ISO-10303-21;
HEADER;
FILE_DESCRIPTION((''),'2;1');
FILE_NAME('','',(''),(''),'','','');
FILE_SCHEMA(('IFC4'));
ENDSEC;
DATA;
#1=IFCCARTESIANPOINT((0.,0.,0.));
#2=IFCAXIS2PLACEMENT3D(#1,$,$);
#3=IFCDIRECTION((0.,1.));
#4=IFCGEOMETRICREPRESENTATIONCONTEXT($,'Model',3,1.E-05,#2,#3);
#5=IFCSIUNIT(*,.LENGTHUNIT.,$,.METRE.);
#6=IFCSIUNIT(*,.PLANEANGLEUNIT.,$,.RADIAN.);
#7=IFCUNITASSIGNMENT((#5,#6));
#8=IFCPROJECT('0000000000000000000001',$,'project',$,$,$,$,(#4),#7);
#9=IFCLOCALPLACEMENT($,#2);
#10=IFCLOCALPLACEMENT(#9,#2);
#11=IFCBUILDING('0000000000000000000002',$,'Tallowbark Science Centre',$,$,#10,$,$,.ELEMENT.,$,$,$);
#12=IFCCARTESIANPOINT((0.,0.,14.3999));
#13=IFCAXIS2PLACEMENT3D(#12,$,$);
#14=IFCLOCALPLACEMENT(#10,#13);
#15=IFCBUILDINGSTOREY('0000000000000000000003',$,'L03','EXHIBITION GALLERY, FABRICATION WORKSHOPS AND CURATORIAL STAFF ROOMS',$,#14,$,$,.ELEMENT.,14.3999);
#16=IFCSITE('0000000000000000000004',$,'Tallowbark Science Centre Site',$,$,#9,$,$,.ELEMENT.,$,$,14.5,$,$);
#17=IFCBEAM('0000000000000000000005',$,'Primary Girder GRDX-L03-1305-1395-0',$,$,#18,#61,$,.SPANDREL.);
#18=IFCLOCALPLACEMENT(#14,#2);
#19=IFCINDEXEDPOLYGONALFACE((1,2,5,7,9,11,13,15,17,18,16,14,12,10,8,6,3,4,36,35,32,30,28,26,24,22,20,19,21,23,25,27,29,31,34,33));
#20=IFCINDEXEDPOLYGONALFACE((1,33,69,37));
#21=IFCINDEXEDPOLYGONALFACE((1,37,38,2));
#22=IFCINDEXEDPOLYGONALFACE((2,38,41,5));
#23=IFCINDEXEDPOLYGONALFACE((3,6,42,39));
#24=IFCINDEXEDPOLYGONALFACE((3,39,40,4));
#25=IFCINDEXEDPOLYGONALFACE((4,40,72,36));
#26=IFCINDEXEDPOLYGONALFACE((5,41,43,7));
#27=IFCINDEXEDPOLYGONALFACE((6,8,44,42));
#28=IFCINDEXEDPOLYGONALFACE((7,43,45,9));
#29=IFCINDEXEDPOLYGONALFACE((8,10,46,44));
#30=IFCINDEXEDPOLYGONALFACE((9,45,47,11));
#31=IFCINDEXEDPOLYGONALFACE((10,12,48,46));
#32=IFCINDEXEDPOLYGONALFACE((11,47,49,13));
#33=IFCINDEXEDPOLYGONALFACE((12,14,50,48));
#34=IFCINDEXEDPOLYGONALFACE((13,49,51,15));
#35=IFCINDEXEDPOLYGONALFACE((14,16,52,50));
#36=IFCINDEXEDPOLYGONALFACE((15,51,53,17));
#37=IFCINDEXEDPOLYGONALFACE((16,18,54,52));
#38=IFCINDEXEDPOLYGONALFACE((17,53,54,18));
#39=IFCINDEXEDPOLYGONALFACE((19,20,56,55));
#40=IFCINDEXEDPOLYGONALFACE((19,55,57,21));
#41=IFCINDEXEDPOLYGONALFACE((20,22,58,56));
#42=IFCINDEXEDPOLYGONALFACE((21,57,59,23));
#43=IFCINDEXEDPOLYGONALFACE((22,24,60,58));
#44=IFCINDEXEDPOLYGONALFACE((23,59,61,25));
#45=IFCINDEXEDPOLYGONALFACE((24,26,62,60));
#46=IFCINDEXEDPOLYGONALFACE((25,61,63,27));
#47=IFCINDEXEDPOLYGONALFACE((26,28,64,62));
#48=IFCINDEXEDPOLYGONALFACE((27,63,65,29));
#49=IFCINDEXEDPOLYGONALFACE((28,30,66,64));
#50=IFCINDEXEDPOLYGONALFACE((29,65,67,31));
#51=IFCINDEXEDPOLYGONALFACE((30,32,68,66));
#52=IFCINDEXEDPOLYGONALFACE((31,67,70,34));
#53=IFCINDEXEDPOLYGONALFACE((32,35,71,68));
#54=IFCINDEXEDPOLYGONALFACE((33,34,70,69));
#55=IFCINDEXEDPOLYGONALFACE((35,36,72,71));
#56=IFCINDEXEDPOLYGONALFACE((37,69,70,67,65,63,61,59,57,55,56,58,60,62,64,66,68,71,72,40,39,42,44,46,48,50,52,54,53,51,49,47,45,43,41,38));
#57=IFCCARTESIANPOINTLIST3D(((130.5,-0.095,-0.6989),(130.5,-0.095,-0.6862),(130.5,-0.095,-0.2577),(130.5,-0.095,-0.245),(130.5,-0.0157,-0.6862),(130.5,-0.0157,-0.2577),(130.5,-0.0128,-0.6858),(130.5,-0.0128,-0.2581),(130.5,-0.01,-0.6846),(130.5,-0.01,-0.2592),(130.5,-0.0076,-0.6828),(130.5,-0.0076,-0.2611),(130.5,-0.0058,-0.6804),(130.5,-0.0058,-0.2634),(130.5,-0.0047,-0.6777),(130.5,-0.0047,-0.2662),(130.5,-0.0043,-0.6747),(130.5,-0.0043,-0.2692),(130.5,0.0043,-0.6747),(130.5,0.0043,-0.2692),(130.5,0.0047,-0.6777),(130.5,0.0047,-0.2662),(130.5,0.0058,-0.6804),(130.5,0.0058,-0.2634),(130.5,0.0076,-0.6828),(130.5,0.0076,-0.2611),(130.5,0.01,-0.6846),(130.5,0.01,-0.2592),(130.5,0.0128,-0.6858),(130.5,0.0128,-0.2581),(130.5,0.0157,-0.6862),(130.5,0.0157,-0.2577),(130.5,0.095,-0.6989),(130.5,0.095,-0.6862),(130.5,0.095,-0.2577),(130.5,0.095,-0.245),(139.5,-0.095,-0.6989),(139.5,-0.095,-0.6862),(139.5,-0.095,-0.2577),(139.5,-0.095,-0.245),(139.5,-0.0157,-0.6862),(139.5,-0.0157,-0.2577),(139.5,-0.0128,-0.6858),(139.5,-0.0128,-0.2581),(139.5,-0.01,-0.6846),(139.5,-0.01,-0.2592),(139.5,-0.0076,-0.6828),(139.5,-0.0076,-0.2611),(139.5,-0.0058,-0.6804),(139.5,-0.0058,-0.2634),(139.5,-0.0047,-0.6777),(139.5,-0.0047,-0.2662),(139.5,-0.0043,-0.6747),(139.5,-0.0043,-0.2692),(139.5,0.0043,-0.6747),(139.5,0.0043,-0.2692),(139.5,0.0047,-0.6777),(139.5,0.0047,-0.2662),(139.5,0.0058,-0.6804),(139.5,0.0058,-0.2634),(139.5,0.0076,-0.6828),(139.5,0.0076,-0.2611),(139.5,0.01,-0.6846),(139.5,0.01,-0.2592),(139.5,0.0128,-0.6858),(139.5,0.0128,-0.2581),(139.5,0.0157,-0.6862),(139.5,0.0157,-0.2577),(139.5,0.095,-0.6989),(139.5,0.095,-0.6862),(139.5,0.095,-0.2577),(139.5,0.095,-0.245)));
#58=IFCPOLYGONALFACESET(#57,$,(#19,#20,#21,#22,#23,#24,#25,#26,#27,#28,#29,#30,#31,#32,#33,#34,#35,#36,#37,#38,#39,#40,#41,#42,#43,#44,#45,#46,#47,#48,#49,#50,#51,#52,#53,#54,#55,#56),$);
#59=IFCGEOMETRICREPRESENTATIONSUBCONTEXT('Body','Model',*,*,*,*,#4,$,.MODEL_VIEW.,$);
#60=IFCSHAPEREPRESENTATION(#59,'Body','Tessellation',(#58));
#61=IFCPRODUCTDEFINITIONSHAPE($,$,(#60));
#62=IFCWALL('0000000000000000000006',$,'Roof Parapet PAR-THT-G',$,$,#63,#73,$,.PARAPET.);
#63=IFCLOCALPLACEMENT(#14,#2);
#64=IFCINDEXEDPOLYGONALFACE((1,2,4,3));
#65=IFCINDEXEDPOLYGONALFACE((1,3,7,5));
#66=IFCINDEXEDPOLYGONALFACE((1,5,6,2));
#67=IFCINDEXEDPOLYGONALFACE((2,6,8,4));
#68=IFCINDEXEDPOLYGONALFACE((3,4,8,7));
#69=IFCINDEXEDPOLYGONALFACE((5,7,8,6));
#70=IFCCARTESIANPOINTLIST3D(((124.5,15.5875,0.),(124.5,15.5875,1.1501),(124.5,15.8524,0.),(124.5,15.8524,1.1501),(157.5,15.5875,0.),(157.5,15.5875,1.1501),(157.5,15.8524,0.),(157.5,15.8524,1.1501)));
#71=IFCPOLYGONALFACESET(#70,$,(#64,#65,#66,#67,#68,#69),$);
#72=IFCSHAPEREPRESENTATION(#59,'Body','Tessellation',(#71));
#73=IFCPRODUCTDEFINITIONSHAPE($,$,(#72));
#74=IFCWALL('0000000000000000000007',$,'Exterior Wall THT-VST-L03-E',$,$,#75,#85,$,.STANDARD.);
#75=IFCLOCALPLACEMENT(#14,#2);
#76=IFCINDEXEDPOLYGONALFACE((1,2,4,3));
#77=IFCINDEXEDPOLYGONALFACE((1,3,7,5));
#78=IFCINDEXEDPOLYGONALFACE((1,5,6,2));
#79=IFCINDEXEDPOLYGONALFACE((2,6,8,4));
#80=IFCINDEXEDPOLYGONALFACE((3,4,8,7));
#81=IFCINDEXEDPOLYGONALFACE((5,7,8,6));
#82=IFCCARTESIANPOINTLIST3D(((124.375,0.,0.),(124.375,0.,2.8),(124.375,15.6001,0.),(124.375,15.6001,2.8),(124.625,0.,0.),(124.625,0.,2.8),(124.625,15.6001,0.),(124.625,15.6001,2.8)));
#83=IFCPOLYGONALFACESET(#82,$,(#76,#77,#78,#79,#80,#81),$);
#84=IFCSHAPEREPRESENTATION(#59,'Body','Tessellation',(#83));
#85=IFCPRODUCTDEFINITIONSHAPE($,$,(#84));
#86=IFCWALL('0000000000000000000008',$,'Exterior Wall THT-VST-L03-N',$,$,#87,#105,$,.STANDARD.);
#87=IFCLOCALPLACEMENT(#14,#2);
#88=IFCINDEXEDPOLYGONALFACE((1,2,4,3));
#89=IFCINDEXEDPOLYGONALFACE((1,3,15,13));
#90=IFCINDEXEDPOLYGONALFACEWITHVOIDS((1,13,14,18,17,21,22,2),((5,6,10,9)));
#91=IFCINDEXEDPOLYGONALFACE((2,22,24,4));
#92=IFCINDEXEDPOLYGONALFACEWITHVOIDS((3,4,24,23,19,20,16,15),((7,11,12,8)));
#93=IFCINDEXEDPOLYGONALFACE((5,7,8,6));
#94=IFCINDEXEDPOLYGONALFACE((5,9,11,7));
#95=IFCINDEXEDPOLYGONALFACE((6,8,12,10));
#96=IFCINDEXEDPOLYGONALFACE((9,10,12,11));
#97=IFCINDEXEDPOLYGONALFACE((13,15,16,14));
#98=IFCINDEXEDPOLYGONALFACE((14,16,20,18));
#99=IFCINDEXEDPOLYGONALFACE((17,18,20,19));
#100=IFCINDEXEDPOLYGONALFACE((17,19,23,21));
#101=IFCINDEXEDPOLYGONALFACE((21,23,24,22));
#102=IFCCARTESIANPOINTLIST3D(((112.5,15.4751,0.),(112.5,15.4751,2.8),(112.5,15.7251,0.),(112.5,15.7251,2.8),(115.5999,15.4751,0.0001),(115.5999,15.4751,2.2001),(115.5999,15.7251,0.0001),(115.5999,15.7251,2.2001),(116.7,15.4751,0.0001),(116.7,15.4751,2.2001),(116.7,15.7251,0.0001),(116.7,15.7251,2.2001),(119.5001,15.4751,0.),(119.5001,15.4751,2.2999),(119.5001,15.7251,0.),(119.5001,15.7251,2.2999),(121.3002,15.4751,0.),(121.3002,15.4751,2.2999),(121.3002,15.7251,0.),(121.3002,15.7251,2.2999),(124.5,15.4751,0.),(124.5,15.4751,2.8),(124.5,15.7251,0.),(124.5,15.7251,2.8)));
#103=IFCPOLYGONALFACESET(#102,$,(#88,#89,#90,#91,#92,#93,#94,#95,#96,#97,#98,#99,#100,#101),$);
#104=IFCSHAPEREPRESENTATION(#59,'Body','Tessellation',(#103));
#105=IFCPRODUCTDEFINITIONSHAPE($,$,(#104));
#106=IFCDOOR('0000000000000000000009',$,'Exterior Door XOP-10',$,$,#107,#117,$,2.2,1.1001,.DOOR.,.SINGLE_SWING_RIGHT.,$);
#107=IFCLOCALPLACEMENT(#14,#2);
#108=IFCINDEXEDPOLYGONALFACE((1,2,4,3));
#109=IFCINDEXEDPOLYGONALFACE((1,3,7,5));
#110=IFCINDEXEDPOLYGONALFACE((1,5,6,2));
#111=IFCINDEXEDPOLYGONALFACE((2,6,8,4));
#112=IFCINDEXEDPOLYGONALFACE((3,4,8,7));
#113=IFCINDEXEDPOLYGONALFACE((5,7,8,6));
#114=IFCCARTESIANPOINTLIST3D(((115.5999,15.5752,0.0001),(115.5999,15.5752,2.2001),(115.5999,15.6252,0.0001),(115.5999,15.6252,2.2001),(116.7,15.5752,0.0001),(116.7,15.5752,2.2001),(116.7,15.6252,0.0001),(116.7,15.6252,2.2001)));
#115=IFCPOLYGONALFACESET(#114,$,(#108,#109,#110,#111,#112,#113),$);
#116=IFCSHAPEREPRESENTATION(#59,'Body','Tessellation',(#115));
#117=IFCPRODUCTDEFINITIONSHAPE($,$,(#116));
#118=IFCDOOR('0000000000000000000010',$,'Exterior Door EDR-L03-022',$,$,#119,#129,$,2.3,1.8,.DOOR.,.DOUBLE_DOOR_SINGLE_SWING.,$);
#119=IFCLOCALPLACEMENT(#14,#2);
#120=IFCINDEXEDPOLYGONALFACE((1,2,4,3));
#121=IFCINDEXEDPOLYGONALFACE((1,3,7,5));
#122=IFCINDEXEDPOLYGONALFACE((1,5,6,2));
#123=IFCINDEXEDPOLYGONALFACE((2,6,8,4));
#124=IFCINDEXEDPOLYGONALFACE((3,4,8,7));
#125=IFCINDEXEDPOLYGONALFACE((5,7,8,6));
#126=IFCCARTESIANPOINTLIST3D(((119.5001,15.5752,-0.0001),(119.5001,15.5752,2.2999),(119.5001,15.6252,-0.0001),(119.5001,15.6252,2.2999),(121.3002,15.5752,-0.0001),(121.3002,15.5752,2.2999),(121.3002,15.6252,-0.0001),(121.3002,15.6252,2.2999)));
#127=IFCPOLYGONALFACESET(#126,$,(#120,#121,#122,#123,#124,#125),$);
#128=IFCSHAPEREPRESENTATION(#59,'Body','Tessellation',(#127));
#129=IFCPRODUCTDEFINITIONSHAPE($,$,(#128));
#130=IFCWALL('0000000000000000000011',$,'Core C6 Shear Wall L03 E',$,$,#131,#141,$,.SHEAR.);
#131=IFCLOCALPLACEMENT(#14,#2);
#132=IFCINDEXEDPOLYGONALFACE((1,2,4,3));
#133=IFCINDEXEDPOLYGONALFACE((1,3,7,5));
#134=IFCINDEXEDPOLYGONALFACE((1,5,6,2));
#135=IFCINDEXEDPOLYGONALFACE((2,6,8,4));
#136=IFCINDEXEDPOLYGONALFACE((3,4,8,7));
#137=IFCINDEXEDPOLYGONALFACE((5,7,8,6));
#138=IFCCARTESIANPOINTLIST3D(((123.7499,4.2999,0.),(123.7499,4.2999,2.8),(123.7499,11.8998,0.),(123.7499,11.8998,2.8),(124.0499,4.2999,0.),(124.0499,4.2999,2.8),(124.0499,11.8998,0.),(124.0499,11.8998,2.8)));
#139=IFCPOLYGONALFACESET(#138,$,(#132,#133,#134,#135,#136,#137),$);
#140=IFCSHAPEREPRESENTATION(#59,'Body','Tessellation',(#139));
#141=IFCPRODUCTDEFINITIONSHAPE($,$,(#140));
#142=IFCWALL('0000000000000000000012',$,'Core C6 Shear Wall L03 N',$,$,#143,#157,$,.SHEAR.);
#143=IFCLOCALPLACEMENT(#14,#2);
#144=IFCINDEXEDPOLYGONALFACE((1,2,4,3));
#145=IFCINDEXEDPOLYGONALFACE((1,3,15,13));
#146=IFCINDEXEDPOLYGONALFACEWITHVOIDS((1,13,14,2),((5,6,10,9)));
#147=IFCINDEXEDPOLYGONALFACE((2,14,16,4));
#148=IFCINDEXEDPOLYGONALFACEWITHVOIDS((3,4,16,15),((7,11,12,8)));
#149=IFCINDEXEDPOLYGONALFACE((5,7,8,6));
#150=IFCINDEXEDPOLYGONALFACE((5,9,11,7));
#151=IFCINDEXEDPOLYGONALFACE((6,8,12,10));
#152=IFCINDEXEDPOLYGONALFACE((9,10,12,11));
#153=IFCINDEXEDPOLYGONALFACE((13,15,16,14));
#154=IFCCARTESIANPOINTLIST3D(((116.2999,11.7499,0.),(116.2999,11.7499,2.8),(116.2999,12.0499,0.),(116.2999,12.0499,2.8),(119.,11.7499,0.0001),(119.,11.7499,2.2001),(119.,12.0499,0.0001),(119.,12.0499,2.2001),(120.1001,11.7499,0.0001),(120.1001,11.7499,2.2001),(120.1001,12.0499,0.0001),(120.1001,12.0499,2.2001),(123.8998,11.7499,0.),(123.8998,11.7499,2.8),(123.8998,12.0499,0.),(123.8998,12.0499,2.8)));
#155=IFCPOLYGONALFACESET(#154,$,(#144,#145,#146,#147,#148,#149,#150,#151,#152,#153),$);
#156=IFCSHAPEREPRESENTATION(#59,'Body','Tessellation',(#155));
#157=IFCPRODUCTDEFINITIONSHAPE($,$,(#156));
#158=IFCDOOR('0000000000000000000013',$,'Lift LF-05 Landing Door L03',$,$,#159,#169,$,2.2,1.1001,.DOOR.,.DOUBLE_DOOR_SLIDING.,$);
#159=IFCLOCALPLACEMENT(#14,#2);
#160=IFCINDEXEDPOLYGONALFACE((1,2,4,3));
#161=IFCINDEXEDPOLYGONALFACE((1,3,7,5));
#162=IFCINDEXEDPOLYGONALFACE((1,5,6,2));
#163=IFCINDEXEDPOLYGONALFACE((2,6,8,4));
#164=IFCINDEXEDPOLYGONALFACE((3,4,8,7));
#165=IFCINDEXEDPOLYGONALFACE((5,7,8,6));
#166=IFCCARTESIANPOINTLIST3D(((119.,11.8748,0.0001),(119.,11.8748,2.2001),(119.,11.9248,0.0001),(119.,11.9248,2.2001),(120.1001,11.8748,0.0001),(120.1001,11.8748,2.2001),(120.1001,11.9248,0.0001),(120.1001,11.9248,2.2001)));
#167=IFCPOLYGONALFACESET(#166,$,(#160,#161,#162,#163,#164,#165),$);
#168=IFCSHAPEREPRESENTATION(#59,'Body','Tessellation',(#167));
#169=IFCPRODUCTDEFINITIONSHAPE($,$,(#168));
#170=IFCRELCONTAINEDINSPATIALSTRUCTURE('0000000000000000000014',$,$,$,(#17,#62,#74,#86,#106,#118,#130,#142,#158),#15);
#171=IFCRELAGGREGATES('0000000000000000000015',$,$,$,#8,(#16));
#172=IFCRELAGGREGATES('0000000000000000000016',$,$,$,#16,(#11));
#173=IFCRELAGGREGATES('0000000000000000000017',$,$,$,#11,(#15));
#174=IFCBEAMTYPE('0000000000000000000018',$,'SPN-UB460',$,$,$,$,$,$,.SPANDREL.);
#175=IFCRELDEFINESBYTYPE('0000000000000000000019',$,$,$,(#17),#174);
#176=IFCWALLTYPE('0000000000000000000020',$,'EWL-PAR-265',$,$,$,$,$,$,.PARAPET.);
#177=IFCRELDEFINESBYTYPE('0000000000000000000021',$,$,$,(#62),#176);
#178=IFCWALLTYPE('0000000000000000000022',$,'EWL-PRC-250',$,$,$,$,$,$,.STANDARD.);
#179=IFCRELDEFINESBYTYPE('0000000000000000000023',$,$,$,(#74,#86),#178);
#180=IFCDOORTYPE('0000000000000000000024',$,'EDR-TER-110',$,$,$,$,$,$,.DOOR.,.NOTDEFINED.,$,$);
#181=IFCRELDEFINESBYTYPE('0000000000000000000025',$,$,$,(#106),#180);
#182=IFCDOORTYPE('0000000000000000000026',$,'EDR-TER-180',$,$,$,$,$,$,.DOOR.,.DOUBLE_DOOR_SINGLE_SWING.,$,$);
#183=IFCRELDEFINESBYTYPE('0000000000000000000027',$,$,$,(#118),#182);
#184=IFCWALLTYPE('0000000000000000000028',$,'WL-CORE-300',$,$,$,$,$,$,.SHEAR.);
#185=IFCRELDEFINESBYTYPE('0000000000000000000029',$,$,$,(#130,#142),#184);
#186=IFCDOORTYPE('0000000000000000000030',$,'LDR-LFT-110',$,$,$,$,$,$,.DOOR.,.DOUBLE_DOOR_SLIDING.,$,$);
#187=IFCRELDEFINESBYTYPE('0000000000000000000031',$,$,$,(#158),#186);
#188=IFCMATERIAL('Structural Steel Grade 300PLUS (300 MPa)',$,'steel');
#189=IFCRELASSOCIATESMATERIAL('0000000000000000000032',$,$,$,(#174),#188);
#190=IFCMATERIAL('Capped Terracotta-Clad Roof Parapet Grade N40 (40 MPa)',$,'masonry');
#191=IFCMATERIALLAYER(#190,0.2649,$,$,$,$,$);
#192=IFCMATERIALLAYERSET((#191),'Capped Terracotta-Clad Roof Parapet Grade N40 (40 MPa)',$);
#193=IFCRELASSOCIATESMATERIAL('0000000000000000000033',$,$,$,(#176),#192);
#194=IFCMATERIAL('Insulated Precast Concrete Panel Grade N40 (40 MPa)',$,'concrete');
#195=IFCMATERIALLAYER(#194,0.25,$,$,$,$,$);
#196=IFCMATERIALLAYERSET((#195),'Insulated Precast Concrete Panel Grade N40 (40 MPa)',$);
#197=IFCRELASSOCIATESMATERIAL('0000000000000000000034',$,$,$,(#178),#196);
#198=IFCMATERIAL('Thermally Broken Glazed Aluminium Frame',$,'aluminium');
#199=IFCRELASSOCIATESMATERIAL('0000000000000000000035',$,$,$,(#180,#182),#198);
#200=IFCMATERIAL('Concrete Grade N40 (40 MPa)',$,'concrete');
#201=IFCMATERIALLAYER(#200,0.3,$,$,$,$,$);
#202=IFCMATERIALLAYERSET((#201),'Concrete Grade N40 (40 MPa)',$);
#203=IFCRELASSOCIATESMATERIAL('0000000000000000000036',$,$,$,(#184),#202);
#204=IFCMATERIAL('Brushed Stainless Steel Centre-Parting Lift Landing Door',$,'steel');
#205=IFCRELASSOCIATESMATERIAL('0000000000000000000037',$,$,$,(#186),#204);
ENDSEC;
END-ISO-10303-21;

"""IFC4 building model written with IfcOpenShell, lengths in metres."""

from ifc_helpers import new_model, si_unit, direction, frame, frame_2d, origin, origin_2d, place, context, subcontext, project, spatial, rectangle, i_section, extrude, material, layer, layer_set, material_profile, profile_set, type_object, element, fill, save


model = new_model("IFC4")

# Units and contexts
model_context = context("Model", 3, precision=1e-05, world=origin(), true_north=direction((0.0, 1.0)))
body_context = subcontext(model_context, "Body", "Model", "MODEL_VIEW")
ifc_project = project(units=[si_unit("LENGTHUNIT", "METRE"), si_unit("PLANEANGLEUNIT", "RADIAN")], contexts=[model_context])

# Site, building, storey
site_placement = place(None, origin())
site = spatial("IfcSite", under=ifc_project, at=site_placement, Name="Tallowbark Science Centre Site", CompositionType="ELEMENT", RefElevation=14.5)
building_placement = place(site_placement, origin())
building = spatial("IfcBuilding", under=site, at=building_placement, Name="Tallowbark Science Centre", CompositionType="ELEMENT")
storey_placement = place(building_placement, frame((0.0, 0.0, 14.3999)))
storey = spatial("IfcBuildingStorey", under=building, at=storey_placement, Name="L03", Description="EXHIBITION GALLERY, FABRICATION WORKSHOPS AND CURATORIAL STAFF ROOMS", CompositionType="ELEMENT", Elevation=14.3999)

# Shared definitions
ifc_material_1 = material(Name="Structural Steel Grade 300PLUS (300 MPa)", Category="steel")

# Beam
ifc_material_profile_1 = material_profile(ifc_material_1, i_section(OverallWidth=0.1899, OverallDepth=0.4539, WebThickness=0.0085, FlangeThickness=0.0127, FilletRadius=0.0115, at=origin_2d()), Name="460UB67.1")
ifc_profile_set_1 = profile_set([ifc_material_profile_1], Name="Structural Steel Grade 300PLUS (300 MPa)")
beam_type_1 = type_object("IfcBeamType", Name="SPN-UB460", PredefinedType="SPANDREL", material=ifc_profile_set_1)
for number, where, z_axis, x_axis, name in (
    (1, (130.5, 0.0, -0.4719), (1.0, 0.0, 0.0), (0.0, 1.0, 0.0), "Primary Girder GRDX-L03-1305-1395-0"),
):
    element("IfcBeam", number, at=place(storey_placement, frame(where, z_axis=z_axis, x_axis=x_axis)), inside=storey, type_object=beam_type_1, Name=name, PredefinedType="SPANDREL", context=body_context, shape_type="SweptSolid", body=[
        extrude(i_section(OverallWidth=0.1899, OverallDepth=0.4539, WebThickness=0.0085, FlangeThickness=0.0127, FilletRadius=0.0115, at=origin_2d()), origin(), (0.0, 0.0, 1.0), 9.0),
    ])

# Walls
ifc_material_2 = material(Name="Capped Terracotta-Clad Roof Parapet Grade N40 (40 MPa)", Category="masonry")
ifc_layer_1 = layer(ifc_material_2, 0.2649)
ifc_layer_set_1 = layer_set([ifc_layer_1], Name="Capped Terracotta-Clad Roof Parapet Grade N40 (40 MPa)")
wall_type_1 = type_object("IfcWallType", Name="EWL-PAR-265", PredefinedType="PARAPET", material=ifc_layer_set_1)
wall_1_placement = place(storey_placement, frame((124.5, 15.72, 0.0), z_axis=(0.0, 0.0, 1.0), x_axis=(1.0, 0.0, 0.0)))
element("IfcWall", 2, at=wall_1_placement, inside=storey, type_object=wall_type_1, Name="Roof Parapet PAR-THT-G", PredefinedType="PARAPET", context=body_context, shape_type="SweptSolid", body=[
    extrude(rectangle(XDim=33.0, YDim=0.2649, at=frame_2d((16.5, 0.0))), origin(), (0.0, 0.0, 1.0), 1.1501),
])
ifc_material_3 = material(Name="Insulated Precast Concrete Panel Grade N40 (40 MPa)", Category="concrete")
ifc_layer_2 = layer(ifc_material_3, 0.25)
ifc_layer_set_2 = layer_set([ifc_layer_2], Name="Insulated Precast Concrete Panel Grade N40 (40 MPa)")
wall_type_2 = type_object("IfcWallType", Name="EWL-PRC-250", PredefinedType="STANDARD", material=ifc_layer_set_2)
wall_2_placement = place(storey_placement, frame((124.5, 0.0, 0.0), z_axis=(0.0, 0.0, 1.0), x_axis=(0.0, 1.0, 0.0)))
element("IfcWall", 3, at=wall_2_placement, inside=storey, type_object=wall_type_2, Name="Exterior Wall THT-VST-L03-E", PredefinedType="STANDARD", context=body_context, shape_type="SweptSolid", body=[
    extrude(rectangle(XDim=15.6001, YDim=0.25, at=frame_2d((7.8, 0.0))), origin(), (0.0, 0.0, 1.0), 2.8),
])

# Wall, openings, doors
wall_3_placement = place(storey_placement, frame((124.5, 15.6001, 0.0), z_axis=(0.0, 0.0, 1.0), x_axis=(-1.0, 0.0, 0.0)))
wall_3 = element("IfcWall", 4, at=wall_3_placement, inside=storey, type_object=wall_type_2, Name="Exterior Wall THT-VST-L03-N", PredefinedType="STANDARD", context=body_context, shape_type="SweptSolid", body=[
    extrude(rectangle(XDim=12.0, YDim=0.25, at=frame_2d((6.0, 0.0))), origin(), (0.0, 0.0, 1.0), 2.8),
])
opening_1_placement = place(wall_3_placement, frame((3.2, 0.0, 0.0)))
opening_1 = element("IfcOpeningElement", 5, at=opening_1_placement, cuts=wall_3, PredefinedType="OPENING", context=body_context, shape_type="SweptSolid", body=[
    extrude(rectangle(XDim=1.8, YDim=2.3, at=frame_2d((0.8999, 1.1499))), frame((0.0, 0.135, 0.0), z_axis=(0.0, -1.0, 0.0), x_axis=(1.0, 0.0, 0.0)), (0.0, 0.0, 1.0), 0.27),
])
opening_2_placement = place(wall_3_placement, frame((7.8, 0.0, 0.0)))
opening_2 = element("IfcOpeningElement", 6, at=opening_2_placement, cuts=wall_3, PredefinedType="OPENING", context=body_context, shape_type="SweptSolid", body=[
    extrude(rectangle(XDim=1.1001, YDim=2.2, at=frame_2d((0.55, 1.1001))), frame((0.0, 0.135, 0.0), z_axis=(0.0, -1.0, 0.0), x_axis=(1.0, 0.0, 0.0)), (0.0, 0.0, 1.0), 0.27),
])
ifc_material_4 = material(Name="Thermally Broken Glazed Aluminium Frame", Category="aluminium")
door_type_1 = type_object("IfcDoorType", Name="EDR-TER-110", OperationType="NOTDEFINED", PredefinedType="DOOR", material=ifc_material_4)
door_1_placement = place(opening_2_placement, origin())
door_1 = element("IfcDoor", 7, at=door_1_placement, inside=storey, type_object=door_type_1, Name="Exterior Door XOP-10", OperationType="SINGLE_SWING_RIGHT", OverallHeight=2.2, OverallWidth=1.1001, PredefinedType="DOOR", context=body_context, shape_type="SweptSolid", body=[
    extrude(rectangle(XDim=1.1001, YDim=2.2, at=frame_2d((0.55, 1.1001))), frame((0.0, 0.0249, 0.0), z_axis=(0.0, -1.0, 0.0), x_axis=(1.0, 0.0, 0.0)), (0.0, 0.0, 1.0), 0.05),
])
fill(opening_2, door_1)
door_type_2 = type_object("IfcDoorType", Name="EDR-TER-180", OperationType="DOUBLE_DOOR_SINGLE_SWING", PredefinedType="DOOR", material=ifc_material_4)
door_2_placement = place(opening_1_placement, origin())
door_2 = element("IfcDoor", 8, at=door_2_placement, inside=storey, type_object=door_type_2, Name="Exterior Door EDR-L03-022", OperationType="DOUBLE_DOOR_SINGLE_SWING", OverallHeight=2.3, OverallWidth=1.8, PredefinedType="DOOR", context=body_context, shape_type="SweptSolid", body=[
    extrude(rectangle(XDim=1.8, YDim=2.3, at=frame_2d((0.8999, 1.1499))), frame((0.0, 0.0249, 0.0), z_axis=(0.0, -1.0, 0.0), x_axis=(1.0, 0.0, 0.0)), (0.0, 0.0, 1.0), 0.05),
])
fill(opening_1, door_2)

# Wall
ifc_material_5 = material(Name="Concrete Grade N40 (40 MPa)", Category="concrete")
ifc_layer_3 = layer(ifc_material_5, 0.3)
ifc_layer_set_3 = layer_set([ifc_layer_3], Name="Concrete Grade N40 (40 MPa)")
wall_type_3 = type_object("IfcWallType", Name="WL-CORE-300", PredefinedType="SHEAR", material=ifc_layer_set_3)
wall_4_placement = place(storey_placement, frame((123.8999, 4.3, 0.0), z_axis=(0.0, 0.0, 1.0), x_axis=(0.0, 1.0, 0.0)))
element("IfcWall", 9, at=wall_4_placement, inside=storey, type_object=wall_type_3, Name="Core C6 Shear Wall L03 E", PredefinedType="SHEAR", context=body_context, shape_type="SweptSolid", body=[
    extrude(rectangle(XDim=7.5999, YDim=0.3, at=frame_2d((3.7998, 0.0))), origin(), (0.0, 0.0, 1.0), 2.8),
])

# Wall, opening, door
wall_5_placement = place(storey_placement, frame((116.3, 11.8999, 0.0), z_axis=(0.0, 0.0, 1.0), x_axis=(1.0, 0.0, 0.0)))
wall_5 = element("IfcWall", 10, at=wall_5_placement, inside=storey, type_object=wall_type_3, Name="Core C6 Shear Wall L03 N", PredefinedType="SHEAR", context=body_context, shape_type="SweptSolid", body=[
    extrude(rectangle(XDim=7.5999, YDim=0.3, at=frame_2d((3.7998, 0.0))), origin(), (0.0, 0.0, 1.0), 2.8),
])
opening_3_placement = place(wall_5_placement, frame((2.7, 0.0, 0.0)))
opening_3 = element("IfcOpeningElement", 11, at=opening_3_placement, cuts=wall_5, PredefinedType="OPENING", context=body_context, shape_type="SweptSolid", body=[
    extrude(rectangle(XDim=1.1001, YDim=2.2, at=frame_2d((0.55, 1.1001))), frame((0.0, 0.1602, 0.0), z_axis=(0.0, -1.0, 0.0), x_axis=(1.0, 0.0, 0.0)), (0.0, 0.0, 1.0), 0.3201),
])
ifc_material_6 = material(Name="Brushed Stainless Steel Centre-Parting Lift Landing Door", Category="steel")
door_type_3 = type_object("IfcDoorType", Name="LDR-LFT-110", OperationType="DOUBLE_DOOR_SLIDING", PredefinedType="DOOR", material=ifc_material_6)
door_3_placement = place(opening_3_placement, origin())
door_3 = element("IfcDoor", 12, at=door_3_placement, inside=storey, type_object=door_type_3, Name="Lift LF-05 Landing Door L03", OperationType="DOUBLE_DOOR_SLIDING", OverallHeight=2.2, OverallWidth=1.1001, PredefinedType="DOOR", context=body_context, shape_type="SweptSolid", body=[
    extrude(rectangle(XDim=1.1001, YDim=2.2, at=frame_2d((0.55, 1.1001))), frame((0.0, 0.0249, 0.0), z_axis=(0.0, -1.0, 0.0), x_axis=(1.0, 0.0, 0.0)), (0.0, 0.0, 1.0), 0.05),
])
fill(opening_3, door_3)

save(model, "model.ifc")
